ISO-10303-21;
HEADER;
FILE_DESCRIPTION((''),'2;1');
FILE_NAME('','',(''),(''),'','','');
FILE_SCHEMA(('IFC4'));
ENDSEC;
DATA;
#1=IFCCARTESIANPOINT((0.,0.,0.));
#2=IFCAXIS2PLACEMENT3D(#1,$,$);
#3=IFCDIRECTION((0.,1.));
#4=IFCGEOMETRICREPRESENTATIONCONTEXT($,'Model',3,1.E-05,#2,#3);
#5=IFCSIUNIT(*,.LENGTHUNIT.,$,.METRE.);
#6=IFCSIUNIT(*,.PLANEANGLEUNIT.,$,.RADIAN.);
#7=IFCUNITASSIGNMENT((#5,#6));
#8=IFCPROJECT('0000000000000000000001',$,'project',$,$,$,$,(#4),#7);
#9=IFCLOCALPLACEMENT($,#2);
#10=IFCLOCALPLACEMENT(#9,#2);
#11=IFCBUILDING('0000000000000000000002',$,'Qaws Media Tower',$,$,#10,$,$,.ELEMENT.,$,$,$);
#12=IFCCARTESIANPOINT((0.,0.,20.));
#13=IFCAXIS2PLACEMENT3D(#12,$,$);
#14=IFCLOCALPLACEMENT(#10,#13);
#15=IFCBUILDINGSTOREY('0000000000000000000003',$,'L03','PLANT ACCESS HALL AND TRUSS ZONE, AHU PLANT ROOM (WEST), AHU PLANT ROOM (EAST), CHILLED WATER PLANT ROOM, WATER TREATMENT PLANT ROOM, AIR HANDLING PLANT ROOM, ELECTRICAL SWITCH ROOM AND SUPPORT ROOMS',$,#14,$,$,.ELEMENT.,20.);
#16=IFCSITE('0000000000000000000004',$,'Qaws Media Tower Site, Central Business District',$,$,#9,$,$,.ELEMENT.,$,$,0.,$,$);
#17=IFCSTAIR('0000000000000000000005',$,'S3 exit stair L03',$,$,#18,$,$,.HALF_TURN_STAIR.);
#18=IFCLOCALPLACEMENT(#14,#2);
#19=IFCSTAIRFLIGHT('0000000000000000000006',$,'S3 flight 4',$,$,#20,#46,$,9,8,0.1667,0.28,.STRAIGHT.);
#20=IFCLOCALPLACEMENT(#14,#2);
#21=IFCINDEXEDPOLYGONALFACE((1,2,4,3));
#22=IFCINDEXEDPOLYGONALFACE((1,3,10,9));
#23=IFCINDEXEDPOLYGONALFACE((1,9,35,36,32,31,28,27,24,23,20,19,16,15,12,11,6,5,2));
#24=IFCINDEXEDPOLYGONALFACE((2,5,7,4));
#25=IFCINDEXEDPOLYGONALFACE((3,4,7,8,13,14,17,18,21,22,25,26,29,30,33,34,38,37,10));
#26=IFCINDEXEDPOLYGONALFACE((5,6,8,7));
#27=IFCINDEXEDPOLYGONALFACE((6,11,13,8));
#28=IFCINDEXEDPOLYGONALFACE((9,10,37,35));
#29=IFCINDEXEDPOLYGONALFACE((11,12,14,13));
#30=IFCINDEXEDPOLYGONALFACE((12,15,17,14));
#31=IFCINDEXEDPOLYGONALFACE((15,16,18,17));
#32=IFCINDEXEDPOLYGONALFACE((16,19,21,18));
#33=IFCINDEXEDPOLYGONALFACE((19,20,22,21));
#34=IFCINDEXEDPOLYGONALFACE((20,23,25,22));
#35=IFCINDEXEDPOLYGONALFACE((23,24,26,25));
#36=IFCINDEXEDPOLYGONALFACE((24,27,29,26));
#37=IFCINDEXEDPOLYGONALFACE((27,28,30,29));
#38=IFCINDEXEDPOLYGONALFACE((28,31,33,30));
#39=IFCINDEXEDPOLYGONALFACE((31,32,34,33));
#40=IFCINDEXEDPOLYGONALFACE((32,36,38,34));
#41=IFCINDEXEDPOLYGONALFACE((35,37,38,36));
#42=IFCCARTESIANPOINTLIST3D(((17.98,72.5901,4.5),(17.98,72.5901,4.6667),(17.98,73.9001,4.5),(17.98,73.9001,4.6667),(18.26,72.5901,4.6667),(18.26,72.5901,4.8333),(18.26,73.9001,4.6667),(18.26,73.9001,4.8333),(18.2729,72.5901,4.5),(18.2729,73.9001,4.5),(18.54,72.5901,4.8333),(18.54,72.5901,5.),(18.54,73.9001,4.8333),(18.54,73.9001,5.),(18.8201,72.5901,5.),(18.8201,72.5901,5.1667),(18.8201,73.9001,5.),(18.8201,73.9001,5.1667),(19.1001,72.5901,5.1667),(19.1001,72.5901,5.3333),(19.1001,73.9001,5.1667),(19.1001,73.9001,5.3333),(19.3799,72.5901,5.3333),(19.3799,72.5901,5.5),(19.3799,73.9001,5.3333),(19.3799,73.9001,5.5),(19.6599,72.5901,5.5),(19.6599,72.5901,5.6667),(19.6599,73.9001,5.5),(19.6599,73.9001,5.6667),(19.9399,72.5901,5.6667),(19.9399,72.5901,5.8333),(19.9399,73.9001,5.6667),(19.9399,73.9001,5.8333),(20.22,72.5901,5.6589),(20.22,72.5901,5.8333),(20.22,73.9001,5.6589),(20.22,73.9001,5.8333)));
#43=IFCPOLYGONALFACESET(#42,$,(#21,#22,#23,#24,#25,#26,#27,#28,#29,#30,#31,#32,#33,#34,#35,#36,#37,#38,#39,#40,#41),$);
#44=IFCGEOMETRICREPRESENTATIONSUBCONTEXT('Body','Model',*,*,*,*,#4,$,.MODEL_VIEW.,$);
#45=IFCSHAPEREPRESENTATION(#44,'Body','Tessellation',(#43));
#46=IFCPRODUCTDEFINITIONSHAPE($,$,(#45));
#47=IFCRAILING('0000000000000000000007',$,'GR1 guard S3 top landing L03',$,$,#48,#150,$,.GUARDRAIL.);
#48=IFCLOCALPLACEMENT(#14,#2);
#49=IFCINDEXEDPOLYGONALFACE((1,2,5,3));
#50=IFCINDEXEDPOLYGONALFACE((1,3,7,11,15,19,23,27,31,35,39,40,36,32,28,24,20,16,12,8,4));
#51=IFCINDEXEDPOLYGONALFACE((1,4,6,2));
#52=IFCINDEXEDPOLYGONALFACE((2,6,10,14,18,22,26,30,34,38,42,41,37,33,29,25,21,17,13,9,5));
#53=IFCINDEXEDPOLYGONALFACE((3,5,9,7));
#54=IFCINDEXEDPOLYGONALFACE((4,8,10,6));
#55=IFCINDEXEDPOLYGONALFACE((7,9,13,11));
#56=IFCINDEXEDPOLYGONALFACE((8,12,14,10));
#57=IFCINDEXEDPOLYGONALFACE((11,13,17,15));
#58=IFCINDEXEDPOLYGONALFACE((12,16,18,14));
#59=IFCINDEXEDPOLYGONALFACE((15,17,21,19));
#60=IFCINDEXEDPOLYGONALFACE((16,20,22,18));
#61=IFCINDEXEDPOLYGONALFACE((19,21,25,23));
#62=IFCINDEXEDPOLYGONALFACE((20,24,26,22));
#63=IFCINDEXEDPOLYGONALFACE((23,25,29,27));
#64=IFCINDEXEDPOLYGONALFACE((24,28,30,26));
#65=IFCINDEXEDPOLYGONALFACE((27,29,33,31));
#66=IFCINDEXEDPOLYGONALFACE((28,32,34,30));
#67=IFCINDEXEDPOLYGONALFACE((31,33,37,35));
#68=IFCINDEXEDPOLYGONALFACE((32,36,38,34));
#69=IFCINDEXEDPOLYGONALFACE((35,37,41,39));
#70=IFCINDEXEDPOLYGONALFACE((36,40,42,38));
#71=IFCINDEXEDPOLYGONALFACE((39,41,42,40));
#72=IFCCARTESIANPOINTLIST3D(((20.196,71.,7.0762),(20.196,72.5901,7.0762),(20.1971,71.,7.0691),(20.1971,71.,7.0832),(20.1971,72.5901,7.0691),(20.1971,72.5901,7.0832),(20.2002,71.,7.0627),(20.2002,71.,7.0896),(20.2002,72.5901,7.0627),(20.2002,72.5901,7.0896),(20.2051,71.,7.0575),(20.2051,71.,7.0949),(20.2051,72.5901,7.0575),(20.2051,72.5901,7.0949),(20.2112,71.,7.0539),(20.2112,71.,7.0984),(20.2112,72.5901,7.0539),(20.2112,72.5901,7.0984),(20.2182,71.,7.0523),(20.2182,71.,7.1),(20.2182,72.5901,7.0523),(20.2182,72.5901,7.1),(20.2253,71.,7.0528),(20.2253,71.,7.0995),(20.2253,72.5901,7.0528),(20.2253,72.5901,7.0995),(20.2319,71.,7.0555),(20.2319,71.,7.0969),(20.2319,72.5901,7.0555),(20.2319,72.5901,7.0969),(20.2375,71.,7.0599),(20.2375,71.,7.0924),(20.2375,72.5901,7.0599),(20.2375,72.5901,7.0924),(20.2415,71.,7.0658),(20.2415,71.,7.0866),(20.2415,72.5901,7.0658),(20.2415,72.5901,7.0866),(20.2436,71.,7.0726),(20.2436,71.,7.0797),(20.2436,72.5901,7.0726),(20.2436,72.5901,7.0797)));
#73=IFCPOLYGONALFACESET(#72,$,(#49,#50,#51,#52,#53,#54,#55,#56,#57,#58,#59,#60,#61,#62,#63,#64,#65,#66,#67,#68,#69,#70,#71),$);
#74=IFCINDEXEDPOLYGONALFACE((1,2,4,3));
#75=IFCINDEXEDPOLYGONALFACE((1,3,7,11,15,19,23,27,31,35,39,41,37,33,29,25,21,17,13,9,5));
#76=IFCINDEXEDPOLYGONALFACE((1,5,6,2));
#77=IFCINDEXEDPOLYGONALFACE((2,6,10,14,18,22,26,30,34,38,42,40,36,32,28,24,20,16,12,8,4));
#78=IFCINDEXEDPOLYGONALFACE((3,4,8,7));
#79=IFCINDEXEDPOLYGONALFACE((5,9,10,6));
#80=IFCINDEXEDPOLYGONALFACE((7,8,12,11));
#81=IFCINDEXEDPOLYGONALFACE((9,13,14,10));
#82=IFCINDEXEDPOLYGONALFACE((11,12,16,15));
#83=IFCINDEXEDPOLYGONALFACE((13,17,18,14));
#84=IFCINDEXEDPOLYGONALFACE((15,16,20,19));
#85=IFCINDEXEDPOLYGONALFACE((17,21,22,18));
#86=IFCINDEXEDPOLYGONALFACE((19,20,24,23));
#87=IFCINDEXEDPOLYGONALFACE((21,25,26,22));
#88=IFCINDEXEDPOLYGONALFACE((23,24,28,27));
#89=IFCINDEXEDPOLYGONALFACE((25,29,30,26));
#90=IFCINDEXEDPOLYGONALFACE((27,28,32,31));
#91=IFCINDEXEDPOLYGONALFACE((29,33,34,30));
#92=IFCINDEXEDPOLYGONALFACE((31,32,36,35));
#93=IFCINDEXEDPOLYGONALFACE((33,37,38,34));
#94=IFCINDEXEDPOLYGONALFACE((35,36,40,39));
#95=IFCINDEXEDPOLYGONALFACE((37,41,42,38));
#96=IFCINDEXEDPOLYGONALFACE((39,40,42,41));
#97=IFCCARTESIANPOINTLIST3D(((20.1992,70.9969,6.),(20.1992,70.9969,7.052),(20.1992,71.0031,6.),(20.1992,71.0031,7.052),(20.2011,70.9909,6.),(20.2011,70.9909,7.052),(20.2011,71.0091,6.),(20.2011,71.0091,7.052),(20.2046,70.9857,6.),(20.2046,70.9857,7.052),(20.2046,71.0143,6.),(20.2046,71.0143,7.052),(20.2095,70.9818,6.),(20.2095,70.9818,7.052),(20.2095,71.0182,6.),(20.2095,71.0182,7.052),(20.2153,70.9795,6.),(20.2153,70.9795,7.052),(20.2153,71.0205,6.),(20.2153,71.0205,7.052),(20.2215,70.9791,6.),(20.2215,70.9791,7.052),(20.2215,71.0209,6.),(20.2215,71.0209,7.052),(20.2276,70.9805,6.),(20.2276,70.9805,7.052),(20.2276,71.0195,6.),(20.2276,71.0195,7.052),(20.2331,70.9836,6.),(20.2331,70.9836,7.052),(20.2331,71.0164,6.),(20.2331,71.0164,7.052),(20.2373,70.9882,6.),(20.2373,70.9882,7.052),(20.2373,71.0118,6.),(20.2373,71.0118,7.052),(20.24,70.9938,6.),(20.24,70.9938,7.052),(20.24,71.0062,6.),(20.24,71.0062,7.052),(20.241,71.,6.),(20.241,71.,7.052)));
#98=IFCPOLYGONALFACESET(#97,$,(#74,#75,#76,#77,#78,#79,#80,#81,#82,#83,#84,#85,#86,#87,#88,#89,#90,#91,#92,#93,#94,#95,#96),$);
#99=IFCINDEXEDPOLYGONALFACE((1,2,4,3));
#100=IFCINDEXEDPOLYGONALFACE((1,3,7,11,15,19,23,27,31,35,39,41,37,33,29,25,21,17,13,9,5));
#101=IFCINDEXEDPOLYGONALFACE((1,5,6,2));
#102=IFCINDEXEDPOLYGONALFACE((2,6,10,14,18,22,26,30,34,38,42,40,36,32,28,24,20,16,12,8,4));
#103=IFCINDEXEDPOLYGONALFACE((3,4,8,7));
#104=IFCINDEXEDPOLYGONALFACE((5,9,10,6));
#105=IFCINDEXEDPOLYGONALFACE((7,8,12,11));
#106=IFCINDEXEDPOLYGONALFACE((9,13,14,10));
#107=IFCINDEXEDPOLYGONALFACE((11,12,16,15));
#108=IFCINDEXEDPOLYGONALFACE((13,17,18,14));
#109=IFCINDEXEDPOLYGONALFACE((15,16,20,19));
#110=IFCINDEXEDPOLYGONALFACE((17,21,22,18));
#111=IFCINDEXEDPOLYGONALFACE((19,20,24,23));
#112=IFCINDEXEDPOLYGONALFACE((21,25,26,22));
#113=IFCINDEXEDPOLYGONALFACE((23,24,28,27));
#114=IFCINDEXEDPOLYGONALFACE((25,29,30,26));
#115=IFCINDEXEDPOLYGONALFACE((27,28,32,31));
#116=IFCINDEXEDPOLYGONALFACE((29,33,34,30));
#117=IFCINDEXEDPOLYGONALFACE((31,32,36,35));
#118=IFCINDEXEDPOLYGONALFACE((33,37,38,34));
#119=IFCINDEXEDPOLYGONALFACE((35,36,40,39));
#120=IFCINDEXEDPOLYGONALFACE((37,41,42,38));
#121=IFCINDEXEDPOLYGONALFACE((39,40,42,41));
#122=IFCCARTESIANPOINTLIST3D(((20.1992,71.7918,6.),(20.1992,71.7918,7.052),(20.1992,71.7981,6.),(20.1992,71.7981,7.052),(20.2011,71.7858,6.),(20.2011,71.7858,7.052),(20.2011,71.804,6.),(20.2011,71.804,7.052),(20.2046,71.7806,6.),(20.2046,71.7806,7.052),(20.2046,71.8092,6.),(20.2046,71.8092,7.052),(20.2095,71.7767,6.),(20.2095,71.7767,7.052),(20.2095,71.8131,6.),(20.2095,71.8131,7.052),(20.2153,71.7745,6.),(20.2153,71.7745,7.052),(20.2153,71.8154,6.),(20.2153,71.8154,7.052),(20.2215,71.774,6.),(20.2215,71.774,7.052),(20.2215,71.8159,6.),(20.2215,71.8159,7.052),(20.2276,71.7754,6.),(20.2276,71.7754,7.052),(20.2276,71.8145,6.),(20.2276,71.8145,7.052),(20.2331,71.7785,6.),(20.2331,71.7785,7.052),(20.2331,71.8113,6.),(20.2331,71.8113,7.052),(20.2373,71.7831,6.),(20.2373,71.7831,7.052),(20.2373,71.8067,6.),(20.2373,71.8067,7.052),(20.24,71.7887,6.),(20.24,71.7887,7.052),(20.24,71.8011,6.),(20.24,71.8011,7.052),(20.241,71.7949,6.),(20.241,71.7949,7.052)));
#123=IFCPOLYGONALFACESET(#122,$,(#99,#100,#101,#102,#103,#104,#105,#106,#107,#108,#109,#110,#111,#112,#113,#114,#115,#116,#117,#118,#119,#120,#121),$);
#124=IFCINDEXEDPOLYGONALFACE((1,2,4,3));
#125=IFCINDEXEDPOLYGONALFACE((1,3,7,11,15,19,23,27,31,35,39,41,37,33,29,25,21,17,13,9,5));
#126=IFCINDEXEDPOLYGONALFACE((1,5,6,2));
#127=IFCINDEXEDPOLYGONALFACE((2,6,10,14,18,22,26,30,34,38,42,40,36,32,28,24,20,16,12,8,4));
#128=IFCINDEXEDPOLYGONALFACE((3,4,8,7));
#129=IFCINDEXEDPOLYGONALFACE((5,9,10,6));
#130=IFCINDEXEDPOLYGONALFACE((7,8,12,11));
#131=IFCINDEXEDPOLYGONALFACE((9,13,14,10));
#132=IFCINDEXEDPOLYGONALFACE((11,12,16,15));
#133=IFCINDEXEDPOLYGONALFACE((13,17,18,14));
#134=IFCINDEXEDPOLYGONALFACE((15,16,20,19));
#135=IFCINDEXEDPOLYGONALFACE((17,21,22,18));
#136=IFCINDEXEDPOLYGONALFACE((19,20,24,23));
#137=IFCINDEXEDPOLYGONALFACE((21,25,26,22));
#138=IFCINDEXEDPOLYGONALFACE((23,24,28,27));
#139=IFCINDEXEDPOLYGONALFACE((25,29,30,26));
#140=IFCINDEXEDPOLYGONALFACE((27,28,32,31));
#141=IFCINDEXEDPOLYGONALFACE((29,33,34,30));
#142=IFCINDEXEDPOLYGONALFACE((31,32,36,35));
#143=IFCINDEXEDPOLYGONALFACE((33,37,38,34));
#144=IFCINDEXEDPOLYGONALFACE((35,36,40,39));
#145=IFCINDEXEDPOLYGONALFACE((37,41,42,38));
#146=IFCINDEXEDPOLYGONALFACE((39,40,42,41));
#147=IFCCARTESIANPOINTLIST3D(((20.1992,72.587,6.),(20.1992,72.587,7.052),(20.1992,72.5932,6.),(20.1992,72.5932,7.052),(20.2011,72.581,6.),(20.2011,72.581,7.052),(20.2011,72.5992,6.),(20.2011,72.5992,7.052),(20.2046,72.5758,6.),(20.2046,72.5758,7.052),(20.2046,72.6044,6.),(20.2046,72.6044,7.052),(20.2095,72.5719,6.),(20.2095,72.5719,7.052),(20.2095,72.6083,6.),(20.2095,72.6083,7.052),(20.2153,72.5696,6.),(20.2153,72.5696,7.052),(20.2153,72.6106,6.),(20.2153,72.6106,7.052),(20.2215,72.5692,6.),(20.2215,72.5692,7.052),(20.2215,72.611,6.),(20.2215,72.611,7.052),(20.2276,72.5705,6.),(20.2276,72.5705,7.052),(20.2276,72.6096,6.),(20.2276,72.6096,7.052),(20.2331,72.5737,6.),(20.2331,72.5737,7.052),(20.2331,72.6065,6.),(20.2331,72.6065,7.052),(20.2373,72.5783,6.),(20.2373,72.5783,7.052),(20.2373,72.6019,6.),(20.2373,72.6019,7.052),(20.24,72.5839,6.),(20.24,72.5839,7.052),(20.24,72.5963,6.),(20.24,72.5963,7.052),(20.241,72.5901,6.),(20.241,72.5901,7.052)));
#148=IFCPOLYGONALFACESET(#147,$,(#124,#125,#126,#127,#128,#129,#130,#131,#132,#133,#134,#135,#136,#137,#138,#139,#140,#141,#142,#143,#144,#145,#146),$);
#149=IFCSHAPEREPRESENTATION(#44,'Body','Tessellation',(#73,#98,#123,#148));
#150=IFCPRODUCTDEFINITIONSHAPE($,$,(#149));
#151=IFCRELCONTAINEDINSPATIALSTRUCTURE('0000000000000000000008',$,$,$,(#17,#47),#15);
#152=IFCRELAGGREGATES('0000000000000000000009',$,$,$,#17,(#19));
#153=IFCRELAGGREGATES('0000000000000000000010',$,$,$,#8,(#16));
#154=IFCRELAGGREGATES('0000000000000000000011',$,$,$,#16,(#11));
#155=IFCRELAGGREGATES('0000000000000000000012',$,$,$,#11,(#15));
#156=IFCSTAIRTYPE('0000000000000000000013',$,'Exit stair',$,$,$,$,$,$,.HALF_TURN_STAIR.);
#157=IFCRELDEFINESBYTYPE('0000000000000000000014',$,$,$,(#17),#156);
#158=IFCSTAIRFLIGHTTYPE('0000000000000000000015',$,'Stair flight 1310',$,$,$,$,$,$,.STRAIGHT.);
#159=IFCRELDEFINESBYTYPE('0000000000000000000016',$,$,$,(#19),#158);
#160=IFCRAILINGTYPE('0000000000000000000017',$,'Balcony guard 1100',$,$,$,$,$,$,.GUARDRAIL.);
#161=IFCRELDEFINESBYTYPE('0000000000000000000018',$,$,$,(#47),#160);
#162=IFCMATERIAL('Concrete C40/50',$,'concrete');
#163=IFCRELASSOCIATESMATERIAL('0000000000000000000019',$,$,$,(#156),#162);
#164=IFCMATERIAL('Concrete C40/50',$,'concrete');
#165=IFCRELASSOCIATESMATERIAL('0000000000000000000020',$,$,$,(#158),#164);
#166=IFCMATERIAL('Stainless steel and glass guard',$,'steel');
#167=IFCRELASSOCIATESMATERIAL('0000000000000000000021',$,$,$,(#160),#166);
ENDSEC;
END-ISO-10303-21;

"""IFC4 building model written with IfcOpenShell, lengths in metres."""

from ifc_helpers import new_model, si_unit, direction, frame, origin, origin_2d, place, context, subcontext, project, spatial, polyline, circle, outline, extrude, material, type_object, element, aggregate, save


model = new_model("IFC4")

# Units and contexts
model_context = context("Model", 3, precision=1e-05, world=origin(), true_north=direction((0.0, 1.0)))
body_context = subcontext(model_context, "Body", "Model", "MODEL_VIEW")
ifc_project = project(units=[si_unit("LENGTHUNIT", "METRE"), si_unit("PLANEANGLEUNIT", "RADIAN")], contexts=[model_context])

# Site, building, storey
site_placement = place(None, origin())
site = spatial("IfcSite", under=ifc_project, at=site_placement, Name="Qaws Media Tower Site, Central Business District", CompositionType="ELEMENT", RefElevation=0.0)
building_placement = place(site_placement, origin())
building = spatial("IfcBuilding", under=site, at=building_placement, Name="Qaws Media Tower", CompositionType="ELEMENT")
storey_placement = place(building_placement, frame((0.0, 0.0, 20.0)))
storey = spatial("IfcBuildingStorey", under=building, at=storey_placement, Name="L03", Description="PLANT ACCESS HALL AND TRUSS ZONE, AHU PLANT ROOM (WEST), AHU PLANT ROOM (EAST), CHILLED WATER PLANT ROOM, WATER TREATMENT PLANT ROOM, AIR HANDLING PLANT ROOM, ELECTRICAL SWITCH ROOM AND SUPPORT ROOMS", CompositionType="ELEMENT", Elevation=20.0)

# Stair, stair flight
ifc_material_1 = material(Name="Concrete C40/50", Category="concrete")
stair_type = type_object("IfcStairType", Name="Exit stair", PredefinedType="HALF_TURN_STAIR", material=ifc_material_1)
stair_placement = place(storey_placement, origin())
stair = element("IfcStair", 1, at=stair_placement, inside=storey, type_object=stair_type, Name="S3 exit stair L03", PredefinedType="HALF_TURN_STAIR")
ifc_material_2 = material(Name="Concrete C40/50", Category="concrete")
stair_flight_type = type_object("IfcStairFlightType", Name="Stair flight 1310", PredefinedType="STRAIGHT", material=ifc_material_2)
stair_flight_1_placement = place(storey_placement, frame((17.98, 73.2451, 4.5), z_axis=(0.0, 0.0, 1.0), x_axis=(1.0, 0.0, 0.0)))
stair_flight_1 = element("IfcStairFlight", 2, at=stair_flight_1_placement, type_object=stair_flight_type, Name="S3 flight 4", NumberOfRisers=9, NumberOfTreads=8, PredefinedType="STRAIGHT", RiserHeight=0.1667, TreadLength=0.28, context=body_context, shape_type="SweptSolid", body=[
    extrude(outline(polyline([(0.0, 0.0), (0.0, 0.1667), (0.28, 0.1667), (0.28, 0.3333), (0.5601, 0.3333), (0.5601, 0.5), (0.8401, 0.5), (0.8401, 0.6667), (1.1201, 0.6667), (1.1201, 0.8333), (1.3999, 0.8333), (1.3999, 1.0), (1.6799, 1.0), (1.6799, 1.1667), (1.96, 1.1667), (1.96, 1.3333), (2.24, 1.3333), (2.24, 1.5), (2.24, 1.1589), (0.293, 0.0), (0.0, 0.0)])), frame((0.0, 0.655, 0.0), z_axis=(0.0, -1.0, 0.0), x_axis=(1.0, 0.0, 0.0)), (0.0, 0.0, 1.0), 1.3101),
])
aggregate(stair, [stair_flight_1])

# Railing
ifc_material_3 = material(Name="Stainless steel and glass guard", Category="steel")
railing_type_1 = type_object("IfcRailingType", Name="Balcony guard 1100", PredefinedType="GUARDRAIL", material=ifc_material_3)
railing_1_placement = place(storey_placement, frame((20.22, 71.0, 6.0)))
element("IfcRailing", 3, at=railing_1_placement, inside=storey, type_object=railing_type_1, Name="GR1 guard S3 top landing L03", PredefinedType="GUARDRAIL", context=body_context, shape_type="SweptSolid", body=[
    extrude(circle(Radius=0.0239, at=origin_2d()), frame((0.0, 0.0, 1.0762), z_axis=(0.0, 1.0, 0.0), x_axis=(-1.0, 0.0, 0.0)), (0.0, 0.0, 1.0), 1.5901),
    extrude(circle(Radius=0.021, at=origin_2d()), origin(), (0.0, 0.0, 1.0), 1.052),
    extrude(circle(Radius=0.021, at=origin_2d()), frame((0.0, 0.7949, 0.0)), (0.0, 0.0, 1.0), 1.052),
    extrude(circle(Radius=0.021, at=origin_2d()), frame((0.0, 1.5901, 0.0)), (0.0, 0.0, 1.0), 1.052),
])

save(model, "model.ifc")
